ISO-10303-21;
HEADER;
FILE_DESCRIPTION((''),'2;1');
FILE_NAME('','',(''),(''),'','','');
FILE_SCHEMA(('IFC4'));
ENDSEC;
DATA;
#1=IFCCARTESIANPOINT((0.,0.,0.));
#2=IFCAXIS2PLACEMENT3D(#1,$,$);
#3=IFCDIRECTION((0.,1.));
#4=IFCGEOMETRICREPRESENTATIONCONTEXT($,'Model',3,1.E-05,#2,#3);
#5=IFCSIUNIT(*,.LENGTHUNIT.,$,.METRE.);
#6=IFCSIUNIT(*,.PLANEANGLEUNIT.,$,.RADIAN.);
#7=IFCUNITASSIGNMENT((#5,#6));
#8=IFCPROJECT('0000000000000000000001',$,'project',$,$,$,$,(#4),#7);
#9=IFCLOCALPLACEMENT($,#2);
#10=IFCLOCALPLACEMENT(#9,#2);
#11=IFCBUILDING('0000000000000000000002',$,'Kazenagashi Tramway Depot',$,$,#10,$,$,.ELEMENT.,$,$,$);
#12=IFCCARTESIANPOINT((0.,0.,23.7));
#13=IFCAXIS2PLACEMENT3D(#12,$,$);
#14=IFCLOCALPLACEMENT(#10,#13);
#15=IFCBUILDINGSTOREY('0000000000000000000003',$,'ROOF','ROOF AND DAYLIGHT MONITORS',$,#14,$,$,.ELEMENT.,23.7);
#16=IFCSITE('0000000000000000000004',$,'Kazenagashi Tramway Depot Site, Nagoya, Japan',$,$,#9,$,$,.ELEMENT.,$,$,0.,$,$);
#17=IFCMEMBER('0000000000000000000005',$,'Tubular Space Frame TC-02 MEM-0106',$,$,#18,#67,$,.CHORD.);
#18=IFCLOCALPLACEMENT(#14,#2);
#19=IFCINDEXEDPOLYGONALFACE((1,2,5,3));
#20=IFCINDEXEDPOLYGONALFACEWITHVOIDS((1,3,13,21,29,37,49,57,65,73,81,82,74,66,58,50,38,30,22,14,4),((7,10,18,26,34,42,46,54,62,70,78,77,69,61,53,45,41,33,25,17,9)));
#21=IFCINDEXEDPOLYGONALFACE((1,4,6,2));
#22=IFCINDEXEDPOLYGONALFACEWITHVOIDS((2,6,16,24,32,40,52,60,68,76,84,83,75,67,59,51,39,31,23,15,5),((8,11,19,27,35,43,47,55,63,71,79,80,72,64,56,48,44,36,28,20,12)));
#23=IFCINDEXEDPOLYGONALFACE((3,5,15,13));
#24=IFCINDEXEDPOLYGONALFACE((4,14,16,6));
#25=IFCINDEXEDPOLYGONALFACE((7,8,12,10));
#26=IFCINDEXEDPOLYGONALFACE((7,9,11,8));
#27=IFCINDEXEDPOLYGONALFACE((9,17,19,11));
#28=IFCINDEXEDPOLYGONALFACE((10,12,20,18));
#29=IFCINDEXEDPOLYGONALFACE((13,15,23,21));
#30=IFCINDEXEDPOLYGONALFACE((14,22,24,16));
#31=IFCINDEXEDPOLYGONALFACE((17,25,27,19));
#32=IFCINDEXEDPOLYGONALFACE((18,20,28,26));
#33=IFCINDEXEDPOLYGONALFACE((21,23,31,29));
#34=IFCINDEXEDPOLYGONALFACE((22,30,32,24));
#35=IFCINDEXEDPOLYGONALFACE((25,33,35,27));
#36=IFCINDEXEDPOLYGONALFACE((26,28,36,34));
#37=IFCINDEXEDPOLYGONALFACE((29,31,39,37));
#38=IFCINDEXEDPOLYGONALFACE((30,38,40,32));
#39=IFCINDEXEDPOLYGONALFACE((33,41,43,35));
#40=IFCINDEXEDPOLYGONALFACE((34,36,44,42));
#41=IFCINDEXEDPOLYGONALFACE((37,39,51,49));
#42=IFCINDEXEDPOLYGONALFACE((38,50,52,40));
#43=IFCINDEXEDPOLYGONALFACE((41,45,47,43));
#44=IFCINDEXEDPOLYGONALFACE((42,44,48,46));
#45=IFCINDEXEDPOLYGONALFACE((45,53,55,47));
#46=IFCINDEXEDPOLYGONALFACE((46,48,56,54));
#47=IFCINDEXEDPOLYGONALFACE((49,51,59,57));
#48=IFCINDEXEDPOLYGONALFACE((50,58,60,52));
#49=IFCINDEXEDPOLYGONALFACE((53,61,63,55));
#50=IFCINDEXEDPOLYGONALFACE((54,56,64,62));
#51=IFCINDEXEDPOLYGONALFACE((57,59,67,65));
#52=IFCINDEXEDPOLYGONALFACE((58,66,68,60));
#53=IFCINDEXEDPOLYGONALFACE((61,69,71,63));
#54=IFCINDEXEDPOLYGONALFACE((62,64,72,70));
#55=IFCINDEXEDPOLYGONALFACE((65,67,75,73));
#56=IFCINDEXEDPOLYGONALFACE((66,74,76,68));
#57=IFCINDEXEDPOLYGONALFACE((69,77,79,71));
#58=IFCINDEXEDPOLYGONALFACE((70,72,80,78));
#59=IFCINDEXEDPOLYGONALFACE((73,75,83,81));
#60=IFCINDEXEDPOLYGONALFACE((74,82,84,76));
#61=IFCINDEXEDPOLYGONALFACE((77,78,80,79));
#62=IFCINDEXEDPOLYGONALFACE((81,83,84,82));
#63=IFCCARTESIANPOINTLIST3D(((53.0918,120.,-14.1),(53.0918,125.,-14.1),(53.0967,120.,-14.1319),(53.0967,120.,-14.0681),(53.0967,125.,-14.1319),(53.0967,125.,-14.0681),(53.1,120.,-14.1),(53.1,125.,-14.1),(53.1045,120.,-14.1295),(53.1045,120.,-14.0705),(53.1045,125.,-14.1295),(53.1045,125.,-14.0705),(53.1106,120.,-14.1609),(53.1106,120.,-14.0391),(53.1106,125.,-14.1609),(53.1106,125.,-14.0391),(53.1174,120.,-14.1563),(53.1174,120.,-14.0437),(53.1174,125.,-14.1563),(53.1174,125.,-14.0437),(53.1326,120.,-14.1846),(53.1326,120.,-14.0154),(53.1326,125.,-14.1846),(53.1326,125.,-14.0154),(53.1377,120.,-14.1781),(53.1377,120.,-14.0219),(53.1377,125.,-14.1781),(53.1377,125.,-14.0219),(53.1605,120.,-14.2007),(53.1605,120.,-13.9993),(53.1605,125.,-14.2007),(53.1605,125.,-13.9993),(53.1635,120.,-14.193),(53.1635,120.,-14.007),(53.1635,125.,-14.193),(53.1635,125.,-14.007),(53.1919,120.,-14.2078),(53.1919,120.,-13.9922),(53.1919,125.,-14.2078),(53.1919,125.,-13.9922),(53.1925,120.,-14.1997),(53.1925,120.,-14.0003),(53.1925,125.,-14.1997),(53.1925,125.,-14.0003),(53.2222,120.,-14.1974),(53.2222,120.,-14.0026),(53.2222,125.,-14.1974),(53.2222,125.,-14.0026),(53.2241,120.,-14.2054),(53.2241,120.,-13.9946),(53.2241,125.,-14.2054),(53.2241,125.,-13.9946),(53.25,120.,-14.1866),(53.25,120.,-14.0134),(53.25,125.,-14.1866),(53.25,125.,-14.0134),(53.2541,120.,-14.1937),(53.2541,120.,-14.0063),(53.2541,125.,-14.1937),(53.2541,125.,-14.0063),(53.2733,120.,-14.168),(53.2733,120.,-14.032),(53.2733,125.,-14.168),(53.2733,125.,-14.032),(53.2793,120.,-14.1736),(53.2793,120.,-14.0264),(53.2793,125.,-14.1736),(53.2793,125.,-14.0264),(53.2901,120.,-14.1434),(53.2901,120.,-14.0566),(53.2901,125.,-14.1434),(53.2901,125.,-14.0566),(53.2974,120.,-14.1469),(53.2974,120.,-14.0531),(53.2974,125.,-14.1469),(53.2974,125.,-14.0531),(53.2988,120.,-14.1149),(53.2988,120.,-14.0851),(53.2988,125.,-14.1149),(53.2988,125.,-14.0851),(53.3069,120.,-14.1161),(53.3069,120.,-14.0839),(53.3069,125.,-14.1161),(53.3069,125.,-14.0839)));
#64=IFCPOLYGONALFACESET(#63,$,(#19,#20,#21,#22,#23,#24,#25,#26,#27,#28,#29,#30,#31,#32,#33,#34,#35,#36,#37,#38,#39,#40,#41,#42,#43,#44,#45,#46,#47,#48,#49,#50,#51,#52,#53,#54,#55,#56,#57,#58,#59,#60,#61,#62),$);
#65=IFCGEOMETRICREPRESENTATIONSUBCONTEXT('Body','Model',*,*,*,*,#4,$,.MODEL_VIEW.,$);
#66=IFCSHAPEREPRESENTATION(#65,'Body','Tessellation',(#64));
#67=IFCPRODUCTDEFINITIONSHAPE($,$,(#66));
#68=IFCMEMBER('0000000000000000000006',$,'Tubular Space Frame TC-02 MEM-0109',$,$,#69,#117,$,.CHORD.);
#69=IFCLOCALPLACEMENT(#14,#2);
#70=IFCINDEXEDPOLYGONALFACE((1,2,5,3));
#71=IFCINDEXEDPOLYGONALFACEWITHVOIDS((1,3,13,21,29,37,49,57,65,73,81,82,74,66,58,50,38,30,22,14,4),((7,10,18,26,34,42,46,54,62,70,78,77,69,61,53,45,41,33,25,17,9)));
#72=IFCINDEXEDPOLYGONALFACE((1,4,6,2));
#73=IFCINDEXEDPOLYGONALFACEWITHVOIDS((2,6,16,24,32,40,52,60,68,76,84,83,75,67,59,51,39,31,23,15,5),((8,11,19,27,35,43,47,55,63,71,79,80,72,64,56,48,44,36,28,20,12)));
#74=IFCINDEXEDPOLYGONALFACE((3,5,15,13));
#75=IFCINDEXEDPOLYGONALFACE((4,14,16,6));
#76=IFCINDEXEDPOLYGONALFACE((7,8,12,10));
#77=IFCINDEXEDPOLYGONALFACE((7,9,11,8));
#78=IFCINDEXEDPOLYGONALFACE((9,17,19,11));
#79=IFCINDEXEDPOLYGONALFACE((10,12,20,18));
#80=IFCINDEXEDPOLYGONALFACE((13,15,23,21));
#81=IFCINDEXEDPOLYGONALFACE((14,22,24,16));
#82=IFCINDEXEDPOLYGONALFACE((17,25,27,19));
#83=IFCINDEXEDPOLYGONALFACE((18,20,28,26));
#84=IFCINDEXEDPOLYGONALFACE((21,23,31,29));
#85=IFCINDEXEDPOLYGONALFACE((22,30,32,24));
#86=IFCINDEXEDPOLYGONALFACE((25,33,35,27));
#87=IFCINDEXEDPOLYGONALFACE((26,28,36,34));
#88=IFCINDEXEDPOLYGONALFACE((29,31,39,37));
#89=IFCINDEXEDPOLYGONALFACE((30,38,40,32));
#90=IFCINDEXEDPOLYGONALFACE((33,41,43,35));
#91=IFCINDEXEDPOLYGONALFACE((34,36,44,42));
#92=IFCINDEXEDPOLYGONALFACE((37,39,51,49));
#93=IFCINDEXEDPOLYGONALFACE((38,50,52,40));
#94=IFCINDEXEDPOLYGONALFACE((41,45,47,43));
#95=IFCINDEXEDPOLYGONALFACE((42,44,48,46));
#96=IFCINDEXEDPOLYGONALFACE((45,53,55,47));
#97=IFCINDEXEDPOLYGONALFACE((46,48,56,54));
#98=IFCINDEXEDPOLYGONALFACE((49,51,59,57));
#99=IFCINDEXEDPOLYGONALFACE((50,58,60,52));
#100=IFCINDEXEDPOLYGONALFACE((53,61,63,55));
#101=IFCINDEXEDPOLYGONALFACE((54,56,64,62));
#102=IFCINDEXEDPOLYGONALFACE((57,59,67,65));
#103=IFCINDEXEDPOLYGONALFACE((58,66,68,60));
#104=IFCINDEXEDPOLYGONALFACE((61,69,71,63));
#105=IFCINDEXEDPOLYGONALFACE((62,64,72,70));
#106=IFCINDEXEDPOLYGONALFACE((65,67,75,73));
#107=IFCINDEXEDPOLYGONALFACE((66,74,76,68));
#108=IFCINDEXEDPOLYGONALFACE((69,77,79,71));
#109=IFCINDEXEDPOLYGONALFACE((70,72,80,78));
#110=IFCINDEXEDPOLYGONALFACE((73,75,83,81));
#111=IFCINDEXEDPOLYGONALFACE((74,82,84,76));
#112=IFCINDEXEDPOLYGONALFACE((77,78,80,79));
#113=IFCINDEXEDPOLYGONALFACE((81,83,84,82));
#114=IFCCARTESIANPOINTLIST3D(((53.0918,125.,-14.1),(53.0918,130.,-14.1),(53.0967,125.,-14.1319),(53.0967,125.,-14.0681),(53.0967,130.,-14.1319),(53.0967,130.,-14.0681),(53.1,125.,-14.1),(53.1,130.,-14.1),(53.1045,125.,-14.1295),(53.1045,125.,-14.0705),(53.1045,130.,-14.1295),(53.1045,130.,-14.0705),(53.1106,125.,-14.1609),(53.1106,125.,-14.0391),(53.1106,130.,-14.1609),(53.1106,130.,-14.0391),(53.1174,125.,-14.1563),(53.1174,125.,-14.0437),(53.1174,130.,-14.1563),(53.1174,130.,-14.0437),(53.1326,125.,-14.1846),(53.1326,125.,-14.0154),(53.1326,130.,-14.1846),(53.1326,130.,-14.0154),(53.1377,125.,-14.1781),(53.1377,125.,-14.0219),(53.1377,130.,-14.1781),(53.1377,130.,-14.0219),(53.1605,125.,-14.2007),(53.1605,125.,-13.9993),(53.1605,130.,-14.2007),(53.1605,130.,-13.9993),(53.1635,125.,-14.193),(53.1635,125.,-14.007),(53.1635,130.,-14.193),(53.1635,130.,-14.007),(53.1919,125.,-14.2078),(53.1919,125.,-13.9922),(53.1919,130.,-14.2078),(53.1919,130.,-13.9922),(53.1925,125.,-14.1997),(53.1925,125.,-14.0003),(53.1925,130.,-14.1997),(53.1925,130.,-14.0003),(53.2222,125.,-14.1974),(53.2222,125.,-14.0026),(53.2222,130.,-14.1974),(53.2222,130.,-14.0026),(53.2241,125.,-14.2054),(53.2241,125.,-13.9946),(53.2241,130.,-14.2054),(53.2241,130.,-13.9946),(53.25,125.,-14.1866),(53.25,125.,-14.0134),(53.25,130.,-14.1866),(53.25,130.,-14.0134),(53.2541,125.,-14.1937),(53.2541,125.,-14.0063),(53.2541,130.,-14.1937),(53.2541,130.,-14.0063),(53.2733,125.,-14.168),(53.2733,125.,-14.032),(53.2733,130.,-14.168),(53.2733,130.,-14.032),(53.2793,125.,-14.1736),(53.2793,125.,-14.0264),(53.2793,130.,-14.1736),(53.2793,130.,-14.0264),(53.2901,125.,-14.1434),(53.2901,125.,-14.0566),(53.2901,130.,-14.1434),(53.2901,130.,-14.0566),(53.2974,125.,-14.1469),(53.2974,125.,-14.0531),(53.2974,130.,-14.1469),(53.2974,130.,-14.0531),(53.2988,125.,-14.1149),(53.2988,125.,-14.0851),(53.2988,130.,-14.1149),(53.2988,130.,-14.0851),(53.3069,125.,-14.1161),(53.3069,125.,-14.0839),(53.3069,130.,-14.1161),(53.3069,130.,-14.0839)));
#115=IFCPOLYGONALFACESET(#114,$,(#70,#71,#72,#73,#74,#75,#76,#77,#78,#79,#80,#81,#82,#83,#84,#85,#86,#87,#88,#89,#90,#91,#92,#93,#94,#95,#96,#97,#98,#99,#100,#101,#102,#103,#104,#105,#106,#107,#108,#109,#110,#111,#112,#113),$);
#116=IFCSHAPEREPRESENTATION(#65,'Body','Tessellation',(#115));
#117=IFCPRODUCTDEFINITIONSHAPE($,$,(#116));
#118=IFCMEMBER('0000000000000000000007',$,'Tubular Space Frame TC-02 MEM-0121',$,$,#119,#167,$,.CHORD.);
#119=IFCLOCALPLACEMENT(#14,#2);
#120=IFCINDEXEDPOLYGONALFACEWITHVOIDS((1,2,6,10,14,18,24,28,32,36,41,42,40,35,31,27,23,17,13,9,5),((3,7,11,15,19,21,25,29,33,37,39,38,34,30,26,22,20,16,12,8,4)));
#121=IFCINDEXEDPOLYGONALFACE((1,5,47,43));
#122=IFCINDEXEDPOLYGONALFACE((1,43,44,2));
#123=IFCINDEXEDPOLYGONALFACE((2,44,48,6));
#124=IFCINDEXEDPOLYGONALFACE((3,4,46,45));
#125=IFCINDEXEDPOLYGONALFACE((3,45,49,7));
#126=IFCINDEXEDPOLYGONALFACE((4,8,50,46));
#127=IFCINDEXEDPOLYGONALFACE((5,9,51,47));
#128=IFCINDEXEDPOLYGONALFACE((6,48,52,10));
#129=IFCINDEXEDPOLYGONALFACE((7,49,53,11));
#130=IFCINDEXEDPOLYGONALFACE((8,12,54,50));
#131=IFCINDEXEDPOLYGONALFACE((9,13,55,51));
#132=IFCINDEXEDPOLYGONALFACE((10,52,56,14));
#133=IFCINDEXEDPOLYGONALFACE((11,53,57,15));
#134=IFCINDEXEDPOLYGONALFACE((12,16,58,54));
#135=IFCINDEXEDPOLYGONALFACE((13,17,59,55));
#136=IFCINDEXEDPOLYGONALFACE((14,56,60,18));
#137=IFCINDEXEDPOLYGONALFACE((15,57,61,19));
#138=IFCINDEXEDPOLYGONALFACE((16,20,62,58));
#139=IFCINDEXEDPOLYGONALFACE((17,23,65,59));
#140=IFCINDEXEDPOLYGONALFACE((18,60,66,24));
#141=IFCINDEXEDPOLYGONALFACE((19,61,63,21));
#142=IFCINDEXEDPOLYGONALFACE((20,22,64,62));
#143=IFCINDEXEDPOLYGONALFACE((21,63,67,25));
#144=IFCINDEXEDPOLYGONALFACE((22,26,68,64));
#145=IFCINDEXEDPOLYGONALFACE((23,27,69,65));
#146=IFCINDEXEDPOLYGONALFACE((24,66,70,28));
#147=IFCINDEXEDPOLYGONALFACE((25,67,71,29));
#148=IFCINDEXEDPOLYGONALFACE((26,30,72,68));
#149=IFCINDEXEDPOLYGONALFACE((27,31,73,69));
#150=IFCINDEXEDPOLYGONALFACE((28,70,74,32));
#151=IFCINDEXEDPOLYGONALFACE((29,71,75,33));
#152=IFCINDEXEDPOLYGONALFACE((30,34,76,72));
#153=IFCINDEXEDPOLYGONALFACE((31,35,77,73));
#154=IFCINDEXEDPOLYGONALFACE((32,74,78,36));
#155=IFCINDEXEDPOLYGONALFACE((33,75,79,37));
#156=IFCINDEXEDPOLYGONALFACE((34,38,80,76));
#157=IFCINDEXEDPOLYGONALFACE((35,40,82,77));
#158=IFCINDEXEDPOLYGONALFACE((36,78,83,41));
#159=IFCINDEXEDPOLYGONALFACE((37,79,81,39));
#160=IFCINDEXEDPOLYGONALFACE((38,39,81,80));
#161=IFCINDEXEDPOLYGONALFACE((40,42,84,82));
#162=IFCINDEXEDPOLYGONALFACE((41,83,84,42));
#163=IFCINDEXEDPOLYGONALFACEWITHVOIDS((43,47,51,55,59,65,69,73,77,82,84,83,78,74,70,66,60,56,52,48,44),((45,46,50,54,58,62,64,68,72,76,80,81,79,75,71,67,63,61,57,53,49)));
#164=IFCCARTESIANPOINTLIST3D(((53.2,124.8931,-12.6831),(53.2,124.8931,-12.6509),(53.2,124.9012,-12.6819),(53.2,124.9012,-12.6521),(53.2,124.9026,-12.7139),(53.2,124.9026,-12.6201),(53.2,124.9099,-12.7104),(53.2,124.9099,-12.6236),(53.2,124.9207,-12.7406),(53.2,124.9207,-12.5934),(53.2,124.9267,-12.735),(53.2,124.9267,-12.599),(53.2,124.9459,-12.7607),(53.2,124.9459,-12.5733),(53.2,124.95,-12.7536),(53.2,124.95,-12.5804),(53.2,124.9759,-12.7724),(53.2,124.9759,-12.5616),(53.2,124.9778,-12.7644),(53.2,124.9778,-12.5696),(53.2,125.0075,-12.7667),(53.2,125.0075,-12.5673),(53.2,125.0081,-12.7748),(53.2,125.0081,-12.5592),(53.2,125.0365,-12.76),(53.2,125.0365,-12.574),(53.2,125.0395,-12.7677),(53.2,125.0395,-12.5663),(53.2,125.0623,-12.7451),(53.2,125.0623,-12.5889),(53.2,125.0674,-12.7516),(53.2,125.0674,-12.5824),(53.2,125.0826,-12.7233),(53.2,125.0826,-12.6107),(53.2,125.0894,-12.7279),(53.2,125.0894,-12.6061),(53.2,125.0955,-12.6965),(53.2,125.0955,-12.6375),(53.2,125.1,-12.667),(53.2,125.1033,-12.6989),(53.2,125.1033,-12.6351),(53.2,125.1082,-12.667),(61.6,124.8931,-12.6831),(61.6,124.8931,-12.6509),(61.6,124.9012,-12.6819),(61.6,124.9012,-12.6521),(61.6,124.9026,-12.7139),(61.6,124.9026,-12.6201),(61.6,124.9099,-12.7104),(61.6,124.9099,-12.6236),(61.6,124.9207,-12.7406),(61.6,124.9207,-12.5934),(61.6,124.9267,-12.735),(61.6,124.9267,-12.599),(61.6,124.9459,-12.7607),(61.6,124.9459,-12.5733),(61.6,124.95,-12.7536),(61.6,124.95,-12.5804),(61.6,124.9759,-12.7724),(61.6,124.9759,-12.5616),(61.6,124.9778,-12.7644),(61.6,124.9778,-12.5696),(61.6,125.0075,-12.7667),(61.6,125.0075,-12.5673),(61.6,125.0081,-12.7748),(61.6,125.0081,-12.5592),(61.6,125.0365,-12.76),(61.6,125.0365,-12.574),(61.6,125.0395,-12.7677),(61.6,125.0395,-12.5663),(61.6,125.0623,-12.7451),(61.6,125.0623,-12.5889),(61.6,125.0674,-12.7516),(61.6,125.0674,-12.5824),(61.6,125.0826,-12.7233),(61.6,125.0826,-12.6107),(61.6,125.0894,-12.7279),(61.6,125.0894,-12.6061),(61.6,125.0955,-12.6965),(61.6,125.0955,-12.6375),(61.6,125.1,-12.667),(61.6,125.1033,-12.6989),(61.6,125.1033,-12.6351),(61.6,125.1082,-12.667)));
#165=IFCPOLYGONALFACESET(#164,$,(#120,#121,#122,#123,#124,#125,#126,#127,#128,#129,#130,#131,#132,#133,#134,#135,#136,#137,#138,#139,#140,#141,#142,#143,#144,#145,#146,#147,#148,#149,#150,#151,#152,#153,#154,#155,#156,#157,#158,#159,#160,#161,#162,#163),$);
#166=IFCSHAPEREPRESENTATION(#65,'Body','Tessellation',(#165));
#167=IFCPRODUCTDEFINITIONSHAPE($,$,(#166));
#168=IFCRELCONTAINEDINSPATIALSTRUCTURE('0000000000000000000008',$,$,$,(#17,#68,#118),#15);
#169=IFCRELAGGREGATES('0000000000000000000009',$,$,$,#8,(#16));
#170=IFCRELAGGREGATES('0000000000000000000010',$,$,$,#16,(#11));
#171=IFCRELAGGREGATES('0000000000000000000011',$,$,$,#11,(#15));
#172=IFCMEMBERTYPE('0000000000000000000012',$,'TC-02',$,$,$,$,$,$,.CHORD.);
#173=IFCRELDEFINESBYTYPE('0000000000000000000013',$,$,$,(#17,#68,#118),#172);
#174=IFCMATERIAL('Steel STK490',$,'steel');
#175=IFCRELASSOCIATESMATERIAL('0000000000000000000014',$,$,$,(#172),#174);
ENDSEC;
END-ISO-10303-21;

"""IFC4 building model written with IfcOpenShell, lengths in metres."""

from ifc_helpers import new_model, si_unit, direction, frame, origin, origin_2d, place, context, subcontext, project, spatial, hollow_circle, extrude, material, material_profile, profile_set, type_object, element, save


model = new_model("IFC4")

# Units and contexts
model_context = context("Model", 3, precision=1e-05, world=origin(), true_north=direction((0.0, 1.0)))
body_context = subcontext(model_context, "Body", "Model", "MODEL_VIEW")
ifc_project = project(units=[si_unit("LENGTHUNIT", "METRE"), si_unit("PLANEANGLEUNIT", "RADIAN")], contexts=[model_context])

# Site, building, storey
site_placement = place(None, origin())
site = spatial("IfcSite", under=ifc_project, at=site_placement, Name="Kazenagashi Tramway Depot Site, Nagoya, Japan", CompositionType="ELEMENT", RefElevation=0.0)
building_placement = place(site_placement, origin())
building = spatial("IfcBuilding", under=site, at=building_placement, Name="Kazenagashi Tramway Depot", CompositionType="ELEMENT")
storey_placement = place(building_placement, frame((0.0, 0.0, 23.7)))
storey = spatial("IfcBuildingStorey", under=building, at=storey_placement, Name="ROOF", Description="ROOF AND DAYLIGHT MONITORS", CompositionType="ELEMENT", Elevation=23.7)

# Members
ifc_material_1 = material(Name="Steel STK490", Category="steel")
ifc_material_profile_1 = material_profile(ifc_material_1, hollow_circle(Radius=0.1081, WallThickness=0.0082, at=origin_2d()), Name="CHS-216.3x8.2")
ifc_profile_set_1 = profile_set([ifc_material_profile_1], Name="Steel STK490")
member_type_1 = type_object("IfcMemberType", Name="TC-02", PredefinedType="CHORD", material=ifc_profile_set_1)
for number, where, z_axis, x_axis, name in (
    (1, (53.2, 120.0, -14.1), (0.0, 1.0, 0.0), (-1.0, 0.0, 0.0), "Tubular Space Frame TC-02 MEM-0106"),
    (2, (53.2, 125.0, -14.1), (0.0, 1.0, 0.0), (-1.0, 0.0, 0.0), "Tubular Space Frame TC-02 MEM-0109"),
):
    element("IfcMember", number, at=place(storey_placement, frame(where, z_axis=z_axis, x_axis=x_axis)), inside=storey, type_object=member_type_1, Name=name, PredefinedType="CHORD", context=body_context, shape_type="SweptSolid", body=[
        extrude(hollow_circle(Radius=0.1081, WallThickness=0.0082, at=origin_2d()), origin(), (0.0, 0.0, 1.0), 5.0),
    ])
for number, where, z_axis, x_axis, name in (
    (3, (53.2, 125.0, -12.667), (1.0, 0.0, 0.0), (0.0, 1.0, 0.0), "Tubular Space Frame TC-02 MEM-0121"),
):
    element("IfcMember", number, at=place(storey_placement, frame(where, z_axis=z_axis, x_axis=x_axis)), inside=storey, type_object=member_type_1, Name=name, PredefinedType="CHORD", context=body_context, shape_type="SweptSolid", body=[
        extrude(hollow_circle(Radius=0.1081, WallThickness=0.0082, at=origin_2d()), origin(), (0.0, 0.0, 1.0), 8.4),
    ])

save(model, "model.ifc")
